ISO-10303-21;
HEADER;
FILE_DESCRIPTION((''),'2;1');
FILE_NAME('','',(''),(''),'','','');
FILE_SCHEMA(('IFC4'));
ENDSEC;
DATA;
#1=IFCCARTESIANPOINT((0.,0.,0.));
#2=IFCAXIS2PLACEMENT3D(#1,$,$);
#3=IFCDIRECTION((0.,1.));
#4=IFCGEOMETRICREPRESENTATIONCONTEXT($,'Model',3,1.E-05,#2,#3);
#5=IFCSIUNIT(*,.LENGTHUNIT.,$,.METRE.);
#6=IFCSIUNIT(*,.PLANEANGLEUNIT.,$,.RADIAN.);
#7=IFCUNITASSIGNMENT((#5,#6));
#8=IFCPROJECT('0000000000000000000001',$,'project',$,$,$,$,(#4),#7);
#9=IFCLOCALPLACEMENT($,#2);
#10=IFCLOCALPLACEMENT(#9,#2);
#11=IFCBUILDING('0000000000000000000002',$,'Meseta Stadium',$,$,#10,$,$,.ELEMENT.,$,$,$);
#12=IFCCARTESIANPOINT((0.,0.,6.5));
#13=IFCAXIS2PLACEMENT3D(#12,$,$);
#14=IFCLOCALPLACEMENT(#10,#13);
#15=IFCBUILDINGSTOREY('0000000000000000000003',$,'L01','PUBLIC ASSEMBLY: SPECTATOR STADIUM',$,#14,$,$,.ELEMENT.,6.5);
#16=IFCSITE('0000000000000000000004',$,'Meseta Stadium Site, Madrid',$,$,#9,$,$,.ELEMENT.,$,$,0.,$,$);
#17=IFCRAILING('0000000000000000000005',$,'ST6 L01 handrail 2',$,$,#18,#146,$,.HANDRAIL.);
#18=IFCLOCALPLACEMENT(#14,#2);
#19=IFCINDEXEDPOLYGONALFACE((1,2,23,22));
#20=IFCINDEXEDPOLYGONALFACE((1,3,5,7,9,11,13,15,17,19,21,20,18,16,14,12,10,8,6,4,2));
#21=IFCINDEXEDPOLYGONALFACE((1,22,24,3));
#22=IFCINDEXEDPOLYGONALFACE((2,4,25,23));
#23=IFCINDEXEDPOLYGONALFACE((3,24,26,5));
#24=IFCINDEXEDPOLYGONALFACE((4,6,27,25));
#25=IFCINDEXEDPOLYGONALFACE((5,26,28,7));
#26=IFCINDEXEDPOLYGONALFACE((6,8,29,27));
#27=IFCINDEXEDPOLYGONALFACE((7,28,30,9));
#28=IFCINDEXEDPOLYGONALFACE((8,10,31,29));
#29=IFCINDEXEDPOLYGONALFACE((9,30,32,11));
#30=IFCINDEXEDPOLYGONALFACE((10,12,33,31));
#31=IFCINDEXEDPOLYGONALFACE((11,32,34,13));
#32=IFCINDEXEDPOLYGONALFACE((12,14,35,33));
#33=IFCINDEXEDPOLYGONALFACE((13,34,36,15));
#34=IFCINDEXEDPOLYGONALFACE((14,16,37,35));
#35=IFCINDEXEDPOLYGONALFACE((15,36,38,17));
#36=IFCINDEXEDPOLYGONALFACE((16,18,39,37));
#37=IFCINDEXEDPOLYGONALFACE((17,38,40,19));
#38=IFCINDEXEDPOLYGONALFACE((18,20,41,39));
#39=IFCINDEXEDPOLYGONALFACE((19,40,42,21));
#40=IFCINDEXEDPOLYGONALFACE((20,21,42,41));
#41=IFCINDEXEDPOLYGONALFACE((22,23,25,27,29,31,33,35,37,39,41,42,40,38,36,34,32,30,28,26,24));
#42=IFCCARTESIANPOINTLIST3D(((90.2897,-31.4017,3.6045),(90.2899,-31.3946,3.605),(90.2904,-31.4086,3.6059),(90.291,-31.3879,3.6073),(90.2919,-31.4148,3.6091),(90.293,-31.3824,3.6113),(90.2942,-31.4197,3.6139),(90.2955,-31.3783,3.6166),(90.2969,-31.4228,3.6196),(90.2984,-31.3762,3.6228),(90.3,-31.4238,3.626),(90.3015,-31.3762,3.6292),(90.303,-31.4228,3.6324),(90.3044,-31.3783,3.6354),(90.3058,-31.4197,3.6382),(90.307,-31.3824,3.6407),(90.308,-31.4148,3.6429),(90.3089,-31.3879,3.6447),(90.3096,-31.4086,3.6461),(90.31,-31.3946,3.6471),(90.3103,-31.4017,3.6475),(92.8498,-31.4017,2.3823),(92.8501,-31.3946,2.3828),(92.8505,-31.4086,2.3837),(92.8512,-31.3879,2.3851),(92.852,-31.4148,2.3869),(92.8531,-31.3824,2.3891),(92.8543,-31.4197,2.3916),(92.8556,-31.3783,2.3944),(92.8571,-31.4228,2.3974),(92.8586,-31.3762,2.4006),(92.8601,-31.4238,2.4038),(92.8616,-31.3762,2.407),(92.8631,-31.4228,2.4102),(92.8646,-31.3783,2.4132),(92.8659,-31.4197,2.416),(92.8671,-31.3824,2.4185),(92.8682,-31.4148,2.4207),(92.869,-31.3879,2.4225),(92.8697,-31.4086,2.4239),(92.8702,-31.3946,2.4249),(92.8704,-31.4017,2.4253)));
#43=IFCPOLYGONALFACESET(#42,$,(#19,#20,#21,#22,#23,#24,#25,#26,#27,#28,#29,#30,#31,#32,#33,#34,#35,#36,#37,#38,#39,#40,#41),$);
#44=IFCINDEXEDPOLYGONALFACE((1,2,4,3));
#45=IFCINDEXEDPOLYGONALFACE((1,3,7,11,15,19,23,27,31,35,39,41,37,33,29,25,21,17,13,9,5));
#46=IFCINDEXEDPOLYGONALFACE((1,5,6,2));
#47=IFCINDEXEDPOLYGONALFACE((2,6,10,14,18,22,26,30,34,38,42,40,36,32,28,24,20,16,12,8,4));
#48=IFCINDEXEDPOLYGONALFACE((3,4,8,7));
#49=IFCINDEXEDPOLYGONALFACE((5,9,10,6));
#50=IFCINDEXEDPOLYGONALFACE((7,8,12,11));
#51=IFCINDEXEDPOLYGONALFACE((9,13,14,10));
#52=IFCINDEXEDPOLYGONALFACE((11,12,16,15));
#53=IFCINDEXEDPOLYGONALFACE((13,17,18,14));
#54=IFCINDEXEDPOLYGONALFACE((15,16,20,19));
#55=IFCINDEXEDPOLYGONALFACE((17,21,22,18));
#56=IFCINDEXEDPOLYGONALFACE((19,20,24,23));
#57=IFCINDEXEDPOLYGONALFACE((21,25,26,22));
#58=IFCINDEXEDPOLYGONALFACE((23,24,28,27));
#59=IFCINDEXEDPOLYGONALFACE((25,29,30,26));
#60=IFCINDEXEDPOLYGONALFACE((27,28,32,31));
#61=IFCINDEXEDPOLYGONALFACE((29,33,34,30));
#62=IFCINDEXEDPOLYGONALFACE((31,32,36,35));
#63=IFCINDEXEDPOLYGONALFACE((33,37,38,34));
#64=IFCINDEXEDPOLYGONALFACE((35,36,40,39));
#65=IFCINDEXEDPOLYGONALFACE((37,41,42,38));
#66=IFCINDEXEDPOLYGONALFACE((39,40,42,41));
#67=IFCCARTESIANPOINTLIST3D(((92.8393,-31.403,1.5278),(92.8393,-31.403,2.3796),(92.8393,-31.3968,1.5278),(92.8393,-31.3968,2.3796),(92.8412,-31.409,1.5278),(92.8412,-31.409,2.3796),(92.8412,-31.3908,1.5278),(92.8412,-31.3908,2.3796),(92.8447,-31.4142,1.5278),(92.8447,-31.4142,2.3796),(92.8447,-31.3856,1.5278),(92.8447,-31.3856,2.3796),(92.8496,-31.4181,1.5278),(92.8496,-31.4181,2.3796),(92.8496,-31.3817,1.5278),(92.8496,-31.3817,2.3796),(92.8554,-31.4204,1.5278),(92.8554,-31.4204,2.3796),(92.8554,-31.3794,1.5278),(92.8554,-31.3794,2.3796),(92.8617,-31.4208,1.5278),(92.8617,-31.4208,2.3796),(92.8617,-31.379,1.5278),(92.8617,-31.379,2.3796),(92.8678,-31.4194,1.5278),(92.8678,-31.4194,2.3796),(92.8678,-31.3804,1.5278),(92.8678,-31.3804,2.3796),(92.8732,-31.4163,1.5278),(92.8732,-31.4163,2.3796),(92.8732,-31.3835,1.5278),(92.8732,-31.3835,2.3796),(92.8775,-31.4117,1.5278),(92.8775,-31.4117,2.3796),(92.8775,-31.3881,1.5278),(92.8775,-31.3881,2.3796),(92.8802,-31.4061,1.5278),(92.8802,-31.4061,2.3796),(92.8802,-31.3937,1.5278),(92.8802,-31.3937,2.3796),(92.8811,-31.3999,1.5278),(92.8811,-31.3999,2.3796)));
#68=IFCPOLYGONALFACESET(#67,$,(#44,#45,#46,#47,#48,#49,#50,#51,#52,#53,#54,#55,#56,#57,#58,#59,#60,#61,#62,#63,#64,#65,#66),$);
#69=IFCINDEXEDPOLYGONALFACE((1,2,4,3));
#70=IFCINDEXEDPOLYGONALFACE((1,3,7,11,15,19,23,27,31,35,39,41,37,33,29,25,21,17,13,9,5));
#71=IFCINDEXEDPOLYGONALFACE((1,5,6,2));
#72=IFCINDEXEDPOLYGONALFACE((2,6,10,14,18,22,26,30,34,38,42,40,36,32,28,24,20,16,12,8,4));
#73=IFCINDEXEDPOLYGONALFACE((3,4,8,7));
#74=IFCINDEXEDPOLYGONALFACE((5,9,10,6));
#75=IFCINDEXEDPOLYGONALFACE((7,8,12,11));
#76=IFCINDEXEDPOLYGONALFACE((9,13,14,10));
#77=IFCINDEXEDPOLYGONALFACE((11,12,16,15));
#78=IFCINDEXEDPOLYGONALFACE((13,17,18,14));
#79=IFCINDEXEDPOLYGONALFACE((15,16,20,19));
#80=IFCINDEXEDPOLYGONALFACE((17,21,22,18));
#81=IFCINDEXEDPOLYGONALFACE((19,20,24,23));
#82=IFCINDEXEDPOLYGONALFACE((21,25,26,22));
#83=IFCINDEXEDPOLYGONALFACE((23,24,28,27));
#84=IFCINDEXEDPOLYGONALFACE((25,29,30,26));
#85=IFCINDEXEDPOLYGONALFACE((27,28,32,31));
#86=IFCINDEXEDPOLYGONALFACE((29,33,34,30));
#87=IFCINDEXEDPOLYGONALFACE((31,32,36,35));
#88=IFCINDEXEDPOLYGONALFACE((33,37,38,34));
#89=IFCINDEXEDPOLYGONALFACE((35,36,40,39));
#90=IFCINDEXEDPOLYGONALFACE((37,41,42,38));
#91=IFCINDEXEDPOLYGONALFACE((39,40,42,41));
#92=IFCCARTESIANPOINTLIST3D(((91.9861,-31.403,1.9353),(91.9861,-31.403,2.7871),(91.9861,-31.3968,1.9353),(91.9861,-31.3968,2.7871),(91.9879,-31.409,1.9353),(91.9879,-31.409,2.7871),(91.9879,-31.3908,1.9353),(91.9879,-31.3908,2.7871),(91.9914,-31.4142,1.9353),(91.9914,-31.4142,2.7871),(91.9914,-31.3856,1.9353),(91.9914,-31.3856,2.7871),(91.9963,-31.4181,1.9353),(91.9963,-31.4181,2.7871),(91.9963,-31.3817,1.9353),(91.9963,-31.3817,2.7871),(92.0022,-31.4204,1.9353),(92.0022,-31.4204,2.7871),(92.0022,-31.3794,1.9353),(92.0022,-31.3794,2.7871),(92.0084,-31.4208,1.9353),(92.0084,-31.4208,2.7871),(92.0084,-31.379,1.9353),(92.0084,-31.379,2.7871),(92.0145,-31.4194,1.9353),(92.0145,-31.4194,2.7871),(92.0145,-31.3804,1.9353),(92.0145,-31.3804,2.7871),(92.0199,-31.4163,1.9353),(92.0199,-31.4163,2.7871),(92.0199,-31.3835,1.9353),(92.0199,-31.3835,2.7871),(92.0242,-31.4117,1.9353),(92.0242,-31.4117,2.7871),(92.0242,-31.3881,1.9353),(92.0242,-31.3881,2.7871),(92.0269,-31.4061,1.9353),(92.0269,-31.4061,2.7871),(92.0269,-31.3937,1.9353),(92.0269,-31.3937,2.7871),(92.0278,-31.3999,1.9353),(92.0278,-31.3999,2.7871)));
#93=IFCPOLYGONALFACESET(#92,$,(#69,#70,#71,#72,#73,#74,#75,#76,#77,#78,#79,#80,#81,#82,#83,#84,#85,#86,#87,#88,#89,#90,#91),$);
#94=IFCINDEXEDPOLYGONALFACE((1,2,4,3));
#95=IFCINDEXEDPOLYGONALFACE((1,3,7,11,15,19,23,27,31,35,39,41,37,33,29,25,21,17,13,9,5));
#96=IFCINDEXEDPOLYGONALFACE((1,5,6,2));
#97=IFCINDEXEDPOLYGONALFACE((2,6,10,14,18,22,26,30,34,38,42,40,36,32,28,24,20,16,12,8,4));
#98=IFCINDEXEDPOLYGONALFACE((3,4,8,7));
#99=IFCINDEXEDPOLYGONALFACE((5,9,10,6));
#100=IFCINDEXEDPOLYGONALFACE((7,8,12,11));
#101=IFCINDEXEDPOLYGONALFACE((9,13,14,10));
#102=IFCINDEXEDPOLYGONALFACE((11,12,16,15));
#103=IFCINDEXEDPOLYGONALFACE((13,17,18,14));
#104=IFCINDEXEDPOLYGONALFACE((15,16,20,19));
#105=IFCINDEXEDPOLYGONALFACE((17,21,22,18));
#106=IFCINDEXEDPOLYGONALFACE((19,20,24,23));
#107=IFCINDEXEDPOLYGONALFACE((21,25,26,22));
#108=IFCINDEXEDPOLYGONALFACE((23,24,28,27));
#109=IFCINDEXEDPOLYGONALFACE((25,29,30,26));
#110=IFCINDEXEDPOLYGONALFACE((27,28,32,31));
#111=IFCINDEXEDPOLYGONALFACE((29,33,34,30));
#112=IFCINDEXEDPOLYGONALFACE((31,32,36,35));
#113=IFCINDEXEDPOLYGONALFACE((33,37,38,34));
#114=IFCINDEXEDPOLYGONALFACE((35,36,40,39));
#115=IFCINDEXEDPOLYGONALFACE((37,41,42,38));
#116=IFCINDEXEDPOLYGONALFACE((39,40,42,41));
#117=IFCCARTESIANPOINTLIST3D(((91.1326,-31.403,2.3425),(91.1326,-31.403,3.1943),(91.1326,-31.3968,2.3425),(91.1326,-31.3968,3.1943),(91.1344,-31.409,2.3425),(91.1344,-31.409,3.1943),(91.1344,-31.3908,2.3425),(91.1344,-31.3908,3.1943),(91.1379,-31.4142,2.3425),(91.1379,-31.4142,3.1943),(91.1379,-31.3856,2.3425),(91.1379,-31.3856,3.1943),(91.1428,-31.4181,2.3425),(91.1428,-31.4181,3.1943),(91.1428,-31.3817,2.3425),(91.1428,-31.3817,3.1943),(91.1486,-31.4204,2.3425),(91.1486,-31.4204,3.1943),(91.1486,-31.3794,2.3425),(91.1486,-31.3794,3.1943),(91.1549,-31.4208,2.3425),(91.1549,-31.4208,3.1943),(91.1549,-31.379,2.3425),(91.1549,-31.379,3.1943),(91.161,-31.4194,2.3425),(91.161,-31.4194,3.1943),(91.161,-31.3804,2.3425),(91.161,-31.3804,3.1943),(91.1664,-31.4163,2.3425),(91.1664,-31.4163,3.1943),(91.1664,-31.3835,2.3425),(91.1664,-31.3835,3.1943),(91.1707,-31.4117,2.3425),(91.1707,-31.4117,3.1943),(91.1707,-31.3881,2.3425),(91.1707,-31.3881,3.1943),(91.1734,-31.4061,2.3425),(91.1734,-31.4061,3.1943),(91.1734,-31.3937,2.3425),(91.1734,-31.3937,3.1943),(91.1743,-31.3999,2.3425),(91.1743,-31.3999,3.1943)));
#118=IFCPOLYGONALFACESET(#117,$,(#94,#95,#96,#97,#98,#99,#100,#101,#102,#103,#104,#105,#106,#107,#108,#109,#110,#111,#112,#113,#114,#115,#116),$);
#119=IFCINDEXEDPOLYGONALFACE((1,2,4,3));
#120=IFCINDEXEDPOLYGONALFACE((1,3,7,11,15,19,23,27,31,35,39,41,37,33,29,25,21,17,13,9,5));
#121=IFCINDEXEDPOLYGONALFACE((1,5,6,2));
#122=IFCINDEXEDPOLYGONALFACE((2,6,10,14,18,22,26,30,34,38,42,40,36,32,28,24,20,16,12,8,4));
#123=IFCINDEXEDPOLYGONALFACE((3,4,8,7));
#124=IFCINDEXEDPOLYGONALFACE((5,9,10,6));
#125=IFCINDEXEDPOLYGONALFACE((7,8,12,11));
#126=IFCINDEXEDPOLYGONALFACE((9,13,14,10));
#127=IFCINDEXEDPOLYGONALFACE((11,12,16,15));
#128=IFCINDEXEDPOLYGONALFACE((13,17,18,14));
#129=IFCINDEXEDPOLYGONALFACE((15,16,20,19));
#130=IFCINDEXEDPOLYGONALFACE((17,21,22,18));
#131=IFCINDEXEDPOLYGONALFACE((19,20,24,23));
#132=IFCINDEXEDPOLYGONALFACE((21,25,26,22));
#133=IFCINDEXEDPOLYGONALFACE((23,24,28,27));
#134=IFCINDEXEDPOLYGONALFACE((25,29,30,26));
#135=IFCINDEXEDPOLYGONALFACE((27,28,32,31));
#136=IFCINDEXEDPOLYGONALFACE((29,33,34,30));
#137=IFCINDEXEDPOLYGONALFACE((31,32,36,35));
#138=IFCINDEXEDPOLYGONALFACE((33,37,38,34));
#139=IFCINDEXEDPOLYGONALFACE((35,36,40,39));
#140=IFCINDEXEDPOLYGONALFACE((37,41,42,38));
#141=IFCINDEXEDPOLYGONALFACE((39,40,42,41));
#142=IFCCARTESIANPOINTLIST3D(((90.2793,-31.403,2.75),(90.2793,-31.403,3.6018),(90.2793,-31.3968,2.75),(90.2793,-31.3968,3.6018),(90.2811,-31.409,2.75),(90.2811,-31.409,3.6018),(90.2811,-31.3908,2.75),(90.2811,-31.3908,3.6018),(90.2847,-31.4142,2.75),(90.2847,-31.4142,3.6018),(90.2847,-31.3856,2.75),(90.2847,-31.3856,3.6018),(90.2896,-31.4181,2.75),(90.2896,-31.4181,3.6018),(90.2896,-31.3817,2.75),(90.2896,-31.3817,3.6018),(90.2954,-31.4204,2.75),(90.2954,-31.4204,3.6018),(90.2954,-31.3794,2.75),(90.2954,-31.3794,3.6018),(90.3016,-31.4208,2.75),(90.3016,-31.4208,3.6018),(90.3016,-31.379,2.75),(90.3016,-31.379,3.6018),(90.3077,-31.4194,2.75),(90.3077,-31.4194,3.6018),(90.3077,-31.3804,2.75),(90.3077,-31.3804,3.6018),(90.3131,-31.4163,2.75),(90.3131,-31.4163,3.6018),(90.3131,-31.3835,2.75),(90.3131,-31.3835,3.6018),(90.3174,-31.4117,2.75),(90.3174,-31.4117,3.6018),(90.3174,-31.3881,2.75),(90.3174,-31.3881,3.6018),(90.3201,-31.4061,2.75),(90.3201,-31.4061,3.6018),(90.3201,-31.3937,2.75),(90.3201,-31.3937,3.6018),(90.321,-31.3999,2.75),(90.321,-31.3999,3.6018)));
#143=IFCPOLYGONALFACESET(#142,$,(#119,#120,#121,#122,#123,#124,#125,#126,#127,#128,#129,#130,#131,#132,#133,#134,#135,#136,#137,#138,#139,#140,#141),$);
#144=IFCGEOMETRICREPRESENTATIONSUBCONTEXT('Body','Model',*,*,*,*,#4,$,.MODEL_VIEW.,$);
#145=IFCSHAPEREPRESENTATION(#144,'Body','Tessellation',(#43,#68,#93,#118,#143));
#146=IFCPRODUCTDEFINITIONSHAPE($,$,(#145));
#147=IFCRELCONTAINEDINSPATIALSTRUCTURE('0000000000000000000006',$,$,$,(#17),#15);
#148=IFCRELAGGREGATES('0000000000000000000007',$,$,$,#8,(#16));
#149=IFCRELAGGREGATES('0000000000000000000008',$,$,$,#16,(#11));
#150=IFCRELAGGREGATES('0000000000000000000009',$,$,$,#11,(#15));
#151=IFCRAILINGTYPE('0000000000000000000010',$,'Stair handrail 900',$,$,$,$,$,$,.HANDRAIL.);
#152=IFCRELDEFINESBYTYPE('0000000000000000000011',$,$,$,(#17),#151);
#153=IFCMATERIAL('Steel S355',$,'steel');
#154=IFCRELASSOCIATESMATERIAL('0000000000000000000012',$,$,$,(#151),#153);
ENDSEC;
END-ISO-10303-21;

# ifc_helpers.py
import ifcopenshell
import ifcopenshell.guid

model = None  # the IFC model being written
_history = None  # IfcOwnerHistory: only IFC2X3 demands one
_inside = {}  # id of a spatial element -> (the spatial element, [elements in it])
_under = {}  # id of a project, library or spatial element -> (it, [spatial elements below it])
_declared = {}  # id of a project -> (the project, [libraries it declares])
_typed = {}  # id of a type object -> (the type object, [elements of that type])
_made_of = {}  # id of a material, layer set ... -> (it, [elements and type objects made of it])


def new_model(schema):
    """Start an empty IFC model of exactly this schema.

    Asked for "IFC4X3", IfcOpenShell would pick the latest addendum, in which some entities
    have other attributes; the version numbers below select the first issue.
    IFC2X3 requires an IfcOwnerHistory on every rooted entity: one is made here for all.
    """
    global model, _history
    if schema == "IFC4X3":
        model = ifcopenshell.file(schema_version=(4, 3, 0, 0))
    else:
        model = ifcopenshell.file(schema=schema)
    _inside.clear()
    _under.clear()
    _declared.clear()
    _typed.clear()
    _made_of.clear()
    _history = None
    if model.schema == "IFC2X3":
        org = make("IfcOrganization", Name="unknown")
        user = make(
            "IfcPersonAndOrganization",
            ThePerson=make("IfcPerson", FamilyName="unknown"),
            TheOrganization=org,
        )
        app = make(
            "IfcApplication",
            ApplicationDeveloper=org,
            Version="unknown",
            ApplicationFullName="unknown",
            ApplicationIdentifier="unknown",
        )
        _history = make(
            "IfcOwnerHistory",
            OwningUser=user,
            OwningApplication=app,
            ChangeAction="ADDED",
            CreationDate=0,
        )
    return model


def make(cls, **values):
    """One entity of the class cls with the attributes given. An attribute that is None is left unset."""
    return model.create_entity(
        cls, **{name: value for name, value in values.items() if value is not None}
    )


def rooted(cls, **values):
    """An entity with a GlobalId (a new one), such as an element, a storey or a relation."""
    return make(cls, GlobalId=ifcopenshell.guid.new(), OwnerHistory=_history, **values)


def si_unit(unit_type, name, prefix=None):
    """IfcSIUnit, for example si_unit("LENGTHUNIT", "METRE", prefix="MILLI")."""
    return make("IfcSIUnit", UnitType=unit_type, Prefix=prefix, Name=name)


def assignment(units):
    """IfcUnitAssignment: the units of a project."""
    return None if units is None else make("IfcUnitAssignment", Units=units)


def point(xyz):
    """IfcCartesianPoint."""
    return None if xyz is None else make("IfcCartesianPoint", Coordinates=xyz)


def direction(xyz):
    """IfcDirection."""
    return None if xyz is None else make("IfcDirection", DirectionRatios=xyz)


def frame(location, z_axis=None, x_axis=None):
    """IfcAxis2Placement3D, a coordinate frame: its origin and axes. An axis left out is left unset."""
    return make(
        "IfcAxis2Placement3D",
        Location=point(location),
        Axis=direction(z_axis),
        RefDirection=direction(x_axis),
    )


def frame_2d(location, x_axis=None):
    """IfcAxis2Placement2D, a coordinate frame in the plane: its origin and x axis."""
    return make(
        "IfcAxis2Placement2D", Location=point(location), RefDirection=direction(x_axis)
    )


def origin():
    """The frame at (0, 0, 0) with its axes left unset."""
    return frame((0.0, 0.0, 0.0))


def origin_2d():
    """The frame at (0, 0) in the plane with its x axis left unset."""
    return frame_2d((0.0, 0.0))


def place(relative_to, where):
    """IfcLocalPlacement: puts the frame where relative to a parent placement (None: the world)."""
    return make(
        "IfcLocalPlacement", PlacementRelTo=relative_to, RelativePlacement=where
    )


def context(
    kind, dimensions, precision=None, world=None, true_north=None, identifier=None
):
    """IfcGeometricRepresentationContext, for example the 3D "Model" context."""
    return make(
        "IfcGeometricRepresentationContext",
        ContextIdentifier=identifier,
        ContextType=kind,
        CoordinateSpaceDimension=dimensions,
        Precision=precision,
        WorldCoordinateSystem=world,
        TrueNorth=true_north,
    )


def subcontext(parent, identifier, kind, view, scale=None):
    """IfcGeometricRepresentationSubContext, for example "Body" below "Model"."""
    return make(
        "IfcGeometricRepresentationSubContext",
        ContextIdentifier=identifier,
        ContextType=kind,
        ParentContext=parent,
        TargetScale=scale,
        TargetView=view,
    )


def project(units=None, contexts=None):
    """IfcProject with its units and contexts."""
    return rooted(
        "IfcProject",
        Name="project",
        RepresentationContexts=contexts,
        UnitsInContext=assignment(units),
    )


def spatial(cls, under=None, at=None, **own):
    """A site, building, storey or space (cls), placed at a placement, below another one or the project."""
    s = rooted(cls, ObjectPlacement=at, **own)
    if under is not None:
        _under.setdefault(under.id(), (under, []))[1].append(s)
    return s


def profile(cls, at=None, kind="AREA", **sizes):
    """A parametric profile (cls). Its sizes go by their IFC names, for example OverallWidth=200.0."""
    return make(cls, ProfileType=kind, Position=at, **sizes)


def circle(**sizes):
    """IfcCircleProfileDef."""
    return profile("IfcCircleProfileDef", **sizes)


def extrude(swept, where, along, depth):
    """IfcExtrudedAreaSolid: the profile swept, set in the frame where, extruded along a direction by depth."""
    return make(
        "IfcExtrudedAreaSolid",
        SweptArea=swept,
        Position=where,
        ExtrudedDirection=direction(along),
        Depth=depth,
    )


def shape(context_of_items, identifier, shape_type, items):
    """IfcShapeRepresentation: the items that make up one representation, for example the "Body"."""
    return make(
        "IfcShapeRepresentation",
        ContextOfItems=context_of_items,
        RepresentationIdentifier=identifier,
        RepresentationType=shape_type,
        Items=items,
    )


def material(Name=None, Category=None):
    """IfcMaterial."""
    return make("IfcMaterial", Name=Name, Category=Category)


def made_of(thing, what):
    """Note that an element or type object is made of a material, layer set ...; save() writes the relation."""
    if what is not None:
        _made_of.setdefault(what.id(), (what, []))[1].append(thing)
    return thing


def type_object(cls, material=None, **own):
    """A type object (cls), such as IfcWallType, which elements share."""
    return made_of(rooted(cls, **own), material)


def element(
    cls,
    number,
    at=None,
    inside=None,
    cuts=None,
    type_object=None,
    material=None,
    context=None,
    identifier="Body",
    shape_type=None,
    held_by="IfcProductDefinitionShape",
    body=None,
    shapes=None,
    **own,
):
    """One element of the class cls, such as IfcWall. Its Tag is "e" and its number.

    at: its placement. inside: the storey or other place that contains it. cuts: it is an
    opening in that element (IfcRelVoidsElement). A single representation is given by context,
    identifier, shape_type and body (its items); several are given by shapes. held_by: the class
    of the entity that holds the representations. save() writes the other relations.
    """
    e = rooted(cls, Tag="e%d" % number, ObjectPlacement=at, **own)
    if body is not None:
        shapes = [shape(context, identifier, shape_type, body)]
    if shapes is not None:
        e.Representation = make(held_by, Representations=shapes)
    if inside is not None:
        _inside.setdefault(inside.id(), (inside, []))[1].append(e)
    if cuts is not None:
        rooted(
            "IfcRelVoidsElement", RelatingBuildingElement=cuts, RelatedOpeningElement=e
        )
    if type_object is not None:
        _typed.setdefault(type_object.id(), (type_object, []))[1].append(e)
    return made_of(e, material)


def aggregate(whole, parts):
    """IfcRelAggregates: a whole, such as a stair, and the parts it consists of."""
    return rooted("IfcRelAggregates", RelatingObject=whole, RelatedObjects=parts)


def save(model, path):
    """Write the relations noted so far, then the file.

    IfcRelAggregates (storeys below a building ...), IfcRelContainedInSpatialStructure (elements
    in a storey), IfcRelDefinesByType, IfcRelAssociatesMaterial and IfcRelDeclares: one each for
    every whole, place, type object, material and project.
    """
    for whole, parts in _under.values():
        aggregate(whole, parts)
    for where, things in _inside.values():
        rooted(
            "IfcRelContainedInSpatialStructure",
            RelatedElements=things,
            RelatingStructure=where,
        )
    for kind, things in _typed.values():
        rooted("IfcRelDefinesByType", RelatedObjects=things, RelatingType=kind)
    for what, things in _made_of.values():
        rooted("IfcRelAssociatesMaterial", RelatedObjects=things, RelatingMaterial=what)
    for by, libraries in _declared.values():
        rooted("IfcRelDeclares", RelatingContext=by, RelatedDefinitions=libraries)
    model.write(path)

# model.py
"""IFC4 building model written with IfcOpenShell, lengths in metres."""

from ifc_helpers import new_model, si_unit, direction, frame, origin, origin_2d, place, context, subcontext, project, spatial, circle, extrude, material, type_object, element, save


model = new_model("IFC4")

# Units and contexts
model_context = context("Model", 3, precision=1e-05, world=origin(), true_north=direction((0.0, 1.0)))
body_context = subcontext(model_context, "Body", "Model", "MODEL_VIEW")
ifc_project = project(units=[si_unit("LENGTHUNIT", "METRE"), si_unit("PLANEANGLEUNIT", "RADIAN")], contexts=[model_context])

# Site, building, storey
site_placement = place(None, origin())
site = spatial("IfcSite", under=ifc_project, at=site_placement, Name="Meseta Stadium Site, Madrid", CompositionType="ELEMENT", RefElevation=0.0)
building_placement = place(site_placement, origin())
building = spatial("IfcBuilding", under=site, at=building_placement, Name="Meseta Stadium", CompositionType="ELEMENT")
storey_placement = place(building_placement, frame((0.0, 0.0, 6.5)))
storey = spatial("IfcBuildingStorey", under=building, at=storey_placement, Name="L01", Description="PUBLIC ASSEMBLY: SPECTATOR STADIUM", CompositionType="ELEMENT", Elevation=6.5)

# Railing
ifc_material_1 = material(Name="Steel S355", Category="steel")
railing_type_1 = type_object("IfcRailingType", Name="Stair handrail 900", PredefinedType="HANDRAIL", material=ifc_material_1)
for number, where, name in (
    (1, (92.8601, -31.3999, 1.5278), "ST6 L01 handrail 2"),
):
    element("IfcRailing", number, at=place(storey_placement, frame(where)), inside=storey, type_object=railing_type_1, Name=name, PredefinedType="HANDRAIL", context=body_context, shape_type="SweptSolid", body=[
        extrude(circle(Radius=0.0239, at=origin_2d()), frame((0.0, 0.0, 0.876), z_axis=(-0.902437, 0.0, 0.430822), x_axis=(0.0, -1.0, 0.0)), (0.0, 0.0, 1.0), 2.8369),
        extrude(circle(Radius=0.021, at=origin_2d()), origin(), (0.0, 0.0, 1.0), 0.8518),
        extrude(circle(Radius=0.021, at=origin_2d()), frame((-0.8533, 0.0, 0.4075)), (0.0, 0.0, 1.0), 0.8518),
        extrude(circle(Radius=0.021, at=origin_2d()), frame((-1.7068, 0.0, 0.8147)), (0.0, 0.0, 1.0), 0.8518),
        extrude(circle(Radius=0.021, at=origin_2d()), frame((-2.5601, 0.0, 1.2222)), (0.0, 0.0, 1.0), 0.8518),
    ])

save(model, "model.ifc")
